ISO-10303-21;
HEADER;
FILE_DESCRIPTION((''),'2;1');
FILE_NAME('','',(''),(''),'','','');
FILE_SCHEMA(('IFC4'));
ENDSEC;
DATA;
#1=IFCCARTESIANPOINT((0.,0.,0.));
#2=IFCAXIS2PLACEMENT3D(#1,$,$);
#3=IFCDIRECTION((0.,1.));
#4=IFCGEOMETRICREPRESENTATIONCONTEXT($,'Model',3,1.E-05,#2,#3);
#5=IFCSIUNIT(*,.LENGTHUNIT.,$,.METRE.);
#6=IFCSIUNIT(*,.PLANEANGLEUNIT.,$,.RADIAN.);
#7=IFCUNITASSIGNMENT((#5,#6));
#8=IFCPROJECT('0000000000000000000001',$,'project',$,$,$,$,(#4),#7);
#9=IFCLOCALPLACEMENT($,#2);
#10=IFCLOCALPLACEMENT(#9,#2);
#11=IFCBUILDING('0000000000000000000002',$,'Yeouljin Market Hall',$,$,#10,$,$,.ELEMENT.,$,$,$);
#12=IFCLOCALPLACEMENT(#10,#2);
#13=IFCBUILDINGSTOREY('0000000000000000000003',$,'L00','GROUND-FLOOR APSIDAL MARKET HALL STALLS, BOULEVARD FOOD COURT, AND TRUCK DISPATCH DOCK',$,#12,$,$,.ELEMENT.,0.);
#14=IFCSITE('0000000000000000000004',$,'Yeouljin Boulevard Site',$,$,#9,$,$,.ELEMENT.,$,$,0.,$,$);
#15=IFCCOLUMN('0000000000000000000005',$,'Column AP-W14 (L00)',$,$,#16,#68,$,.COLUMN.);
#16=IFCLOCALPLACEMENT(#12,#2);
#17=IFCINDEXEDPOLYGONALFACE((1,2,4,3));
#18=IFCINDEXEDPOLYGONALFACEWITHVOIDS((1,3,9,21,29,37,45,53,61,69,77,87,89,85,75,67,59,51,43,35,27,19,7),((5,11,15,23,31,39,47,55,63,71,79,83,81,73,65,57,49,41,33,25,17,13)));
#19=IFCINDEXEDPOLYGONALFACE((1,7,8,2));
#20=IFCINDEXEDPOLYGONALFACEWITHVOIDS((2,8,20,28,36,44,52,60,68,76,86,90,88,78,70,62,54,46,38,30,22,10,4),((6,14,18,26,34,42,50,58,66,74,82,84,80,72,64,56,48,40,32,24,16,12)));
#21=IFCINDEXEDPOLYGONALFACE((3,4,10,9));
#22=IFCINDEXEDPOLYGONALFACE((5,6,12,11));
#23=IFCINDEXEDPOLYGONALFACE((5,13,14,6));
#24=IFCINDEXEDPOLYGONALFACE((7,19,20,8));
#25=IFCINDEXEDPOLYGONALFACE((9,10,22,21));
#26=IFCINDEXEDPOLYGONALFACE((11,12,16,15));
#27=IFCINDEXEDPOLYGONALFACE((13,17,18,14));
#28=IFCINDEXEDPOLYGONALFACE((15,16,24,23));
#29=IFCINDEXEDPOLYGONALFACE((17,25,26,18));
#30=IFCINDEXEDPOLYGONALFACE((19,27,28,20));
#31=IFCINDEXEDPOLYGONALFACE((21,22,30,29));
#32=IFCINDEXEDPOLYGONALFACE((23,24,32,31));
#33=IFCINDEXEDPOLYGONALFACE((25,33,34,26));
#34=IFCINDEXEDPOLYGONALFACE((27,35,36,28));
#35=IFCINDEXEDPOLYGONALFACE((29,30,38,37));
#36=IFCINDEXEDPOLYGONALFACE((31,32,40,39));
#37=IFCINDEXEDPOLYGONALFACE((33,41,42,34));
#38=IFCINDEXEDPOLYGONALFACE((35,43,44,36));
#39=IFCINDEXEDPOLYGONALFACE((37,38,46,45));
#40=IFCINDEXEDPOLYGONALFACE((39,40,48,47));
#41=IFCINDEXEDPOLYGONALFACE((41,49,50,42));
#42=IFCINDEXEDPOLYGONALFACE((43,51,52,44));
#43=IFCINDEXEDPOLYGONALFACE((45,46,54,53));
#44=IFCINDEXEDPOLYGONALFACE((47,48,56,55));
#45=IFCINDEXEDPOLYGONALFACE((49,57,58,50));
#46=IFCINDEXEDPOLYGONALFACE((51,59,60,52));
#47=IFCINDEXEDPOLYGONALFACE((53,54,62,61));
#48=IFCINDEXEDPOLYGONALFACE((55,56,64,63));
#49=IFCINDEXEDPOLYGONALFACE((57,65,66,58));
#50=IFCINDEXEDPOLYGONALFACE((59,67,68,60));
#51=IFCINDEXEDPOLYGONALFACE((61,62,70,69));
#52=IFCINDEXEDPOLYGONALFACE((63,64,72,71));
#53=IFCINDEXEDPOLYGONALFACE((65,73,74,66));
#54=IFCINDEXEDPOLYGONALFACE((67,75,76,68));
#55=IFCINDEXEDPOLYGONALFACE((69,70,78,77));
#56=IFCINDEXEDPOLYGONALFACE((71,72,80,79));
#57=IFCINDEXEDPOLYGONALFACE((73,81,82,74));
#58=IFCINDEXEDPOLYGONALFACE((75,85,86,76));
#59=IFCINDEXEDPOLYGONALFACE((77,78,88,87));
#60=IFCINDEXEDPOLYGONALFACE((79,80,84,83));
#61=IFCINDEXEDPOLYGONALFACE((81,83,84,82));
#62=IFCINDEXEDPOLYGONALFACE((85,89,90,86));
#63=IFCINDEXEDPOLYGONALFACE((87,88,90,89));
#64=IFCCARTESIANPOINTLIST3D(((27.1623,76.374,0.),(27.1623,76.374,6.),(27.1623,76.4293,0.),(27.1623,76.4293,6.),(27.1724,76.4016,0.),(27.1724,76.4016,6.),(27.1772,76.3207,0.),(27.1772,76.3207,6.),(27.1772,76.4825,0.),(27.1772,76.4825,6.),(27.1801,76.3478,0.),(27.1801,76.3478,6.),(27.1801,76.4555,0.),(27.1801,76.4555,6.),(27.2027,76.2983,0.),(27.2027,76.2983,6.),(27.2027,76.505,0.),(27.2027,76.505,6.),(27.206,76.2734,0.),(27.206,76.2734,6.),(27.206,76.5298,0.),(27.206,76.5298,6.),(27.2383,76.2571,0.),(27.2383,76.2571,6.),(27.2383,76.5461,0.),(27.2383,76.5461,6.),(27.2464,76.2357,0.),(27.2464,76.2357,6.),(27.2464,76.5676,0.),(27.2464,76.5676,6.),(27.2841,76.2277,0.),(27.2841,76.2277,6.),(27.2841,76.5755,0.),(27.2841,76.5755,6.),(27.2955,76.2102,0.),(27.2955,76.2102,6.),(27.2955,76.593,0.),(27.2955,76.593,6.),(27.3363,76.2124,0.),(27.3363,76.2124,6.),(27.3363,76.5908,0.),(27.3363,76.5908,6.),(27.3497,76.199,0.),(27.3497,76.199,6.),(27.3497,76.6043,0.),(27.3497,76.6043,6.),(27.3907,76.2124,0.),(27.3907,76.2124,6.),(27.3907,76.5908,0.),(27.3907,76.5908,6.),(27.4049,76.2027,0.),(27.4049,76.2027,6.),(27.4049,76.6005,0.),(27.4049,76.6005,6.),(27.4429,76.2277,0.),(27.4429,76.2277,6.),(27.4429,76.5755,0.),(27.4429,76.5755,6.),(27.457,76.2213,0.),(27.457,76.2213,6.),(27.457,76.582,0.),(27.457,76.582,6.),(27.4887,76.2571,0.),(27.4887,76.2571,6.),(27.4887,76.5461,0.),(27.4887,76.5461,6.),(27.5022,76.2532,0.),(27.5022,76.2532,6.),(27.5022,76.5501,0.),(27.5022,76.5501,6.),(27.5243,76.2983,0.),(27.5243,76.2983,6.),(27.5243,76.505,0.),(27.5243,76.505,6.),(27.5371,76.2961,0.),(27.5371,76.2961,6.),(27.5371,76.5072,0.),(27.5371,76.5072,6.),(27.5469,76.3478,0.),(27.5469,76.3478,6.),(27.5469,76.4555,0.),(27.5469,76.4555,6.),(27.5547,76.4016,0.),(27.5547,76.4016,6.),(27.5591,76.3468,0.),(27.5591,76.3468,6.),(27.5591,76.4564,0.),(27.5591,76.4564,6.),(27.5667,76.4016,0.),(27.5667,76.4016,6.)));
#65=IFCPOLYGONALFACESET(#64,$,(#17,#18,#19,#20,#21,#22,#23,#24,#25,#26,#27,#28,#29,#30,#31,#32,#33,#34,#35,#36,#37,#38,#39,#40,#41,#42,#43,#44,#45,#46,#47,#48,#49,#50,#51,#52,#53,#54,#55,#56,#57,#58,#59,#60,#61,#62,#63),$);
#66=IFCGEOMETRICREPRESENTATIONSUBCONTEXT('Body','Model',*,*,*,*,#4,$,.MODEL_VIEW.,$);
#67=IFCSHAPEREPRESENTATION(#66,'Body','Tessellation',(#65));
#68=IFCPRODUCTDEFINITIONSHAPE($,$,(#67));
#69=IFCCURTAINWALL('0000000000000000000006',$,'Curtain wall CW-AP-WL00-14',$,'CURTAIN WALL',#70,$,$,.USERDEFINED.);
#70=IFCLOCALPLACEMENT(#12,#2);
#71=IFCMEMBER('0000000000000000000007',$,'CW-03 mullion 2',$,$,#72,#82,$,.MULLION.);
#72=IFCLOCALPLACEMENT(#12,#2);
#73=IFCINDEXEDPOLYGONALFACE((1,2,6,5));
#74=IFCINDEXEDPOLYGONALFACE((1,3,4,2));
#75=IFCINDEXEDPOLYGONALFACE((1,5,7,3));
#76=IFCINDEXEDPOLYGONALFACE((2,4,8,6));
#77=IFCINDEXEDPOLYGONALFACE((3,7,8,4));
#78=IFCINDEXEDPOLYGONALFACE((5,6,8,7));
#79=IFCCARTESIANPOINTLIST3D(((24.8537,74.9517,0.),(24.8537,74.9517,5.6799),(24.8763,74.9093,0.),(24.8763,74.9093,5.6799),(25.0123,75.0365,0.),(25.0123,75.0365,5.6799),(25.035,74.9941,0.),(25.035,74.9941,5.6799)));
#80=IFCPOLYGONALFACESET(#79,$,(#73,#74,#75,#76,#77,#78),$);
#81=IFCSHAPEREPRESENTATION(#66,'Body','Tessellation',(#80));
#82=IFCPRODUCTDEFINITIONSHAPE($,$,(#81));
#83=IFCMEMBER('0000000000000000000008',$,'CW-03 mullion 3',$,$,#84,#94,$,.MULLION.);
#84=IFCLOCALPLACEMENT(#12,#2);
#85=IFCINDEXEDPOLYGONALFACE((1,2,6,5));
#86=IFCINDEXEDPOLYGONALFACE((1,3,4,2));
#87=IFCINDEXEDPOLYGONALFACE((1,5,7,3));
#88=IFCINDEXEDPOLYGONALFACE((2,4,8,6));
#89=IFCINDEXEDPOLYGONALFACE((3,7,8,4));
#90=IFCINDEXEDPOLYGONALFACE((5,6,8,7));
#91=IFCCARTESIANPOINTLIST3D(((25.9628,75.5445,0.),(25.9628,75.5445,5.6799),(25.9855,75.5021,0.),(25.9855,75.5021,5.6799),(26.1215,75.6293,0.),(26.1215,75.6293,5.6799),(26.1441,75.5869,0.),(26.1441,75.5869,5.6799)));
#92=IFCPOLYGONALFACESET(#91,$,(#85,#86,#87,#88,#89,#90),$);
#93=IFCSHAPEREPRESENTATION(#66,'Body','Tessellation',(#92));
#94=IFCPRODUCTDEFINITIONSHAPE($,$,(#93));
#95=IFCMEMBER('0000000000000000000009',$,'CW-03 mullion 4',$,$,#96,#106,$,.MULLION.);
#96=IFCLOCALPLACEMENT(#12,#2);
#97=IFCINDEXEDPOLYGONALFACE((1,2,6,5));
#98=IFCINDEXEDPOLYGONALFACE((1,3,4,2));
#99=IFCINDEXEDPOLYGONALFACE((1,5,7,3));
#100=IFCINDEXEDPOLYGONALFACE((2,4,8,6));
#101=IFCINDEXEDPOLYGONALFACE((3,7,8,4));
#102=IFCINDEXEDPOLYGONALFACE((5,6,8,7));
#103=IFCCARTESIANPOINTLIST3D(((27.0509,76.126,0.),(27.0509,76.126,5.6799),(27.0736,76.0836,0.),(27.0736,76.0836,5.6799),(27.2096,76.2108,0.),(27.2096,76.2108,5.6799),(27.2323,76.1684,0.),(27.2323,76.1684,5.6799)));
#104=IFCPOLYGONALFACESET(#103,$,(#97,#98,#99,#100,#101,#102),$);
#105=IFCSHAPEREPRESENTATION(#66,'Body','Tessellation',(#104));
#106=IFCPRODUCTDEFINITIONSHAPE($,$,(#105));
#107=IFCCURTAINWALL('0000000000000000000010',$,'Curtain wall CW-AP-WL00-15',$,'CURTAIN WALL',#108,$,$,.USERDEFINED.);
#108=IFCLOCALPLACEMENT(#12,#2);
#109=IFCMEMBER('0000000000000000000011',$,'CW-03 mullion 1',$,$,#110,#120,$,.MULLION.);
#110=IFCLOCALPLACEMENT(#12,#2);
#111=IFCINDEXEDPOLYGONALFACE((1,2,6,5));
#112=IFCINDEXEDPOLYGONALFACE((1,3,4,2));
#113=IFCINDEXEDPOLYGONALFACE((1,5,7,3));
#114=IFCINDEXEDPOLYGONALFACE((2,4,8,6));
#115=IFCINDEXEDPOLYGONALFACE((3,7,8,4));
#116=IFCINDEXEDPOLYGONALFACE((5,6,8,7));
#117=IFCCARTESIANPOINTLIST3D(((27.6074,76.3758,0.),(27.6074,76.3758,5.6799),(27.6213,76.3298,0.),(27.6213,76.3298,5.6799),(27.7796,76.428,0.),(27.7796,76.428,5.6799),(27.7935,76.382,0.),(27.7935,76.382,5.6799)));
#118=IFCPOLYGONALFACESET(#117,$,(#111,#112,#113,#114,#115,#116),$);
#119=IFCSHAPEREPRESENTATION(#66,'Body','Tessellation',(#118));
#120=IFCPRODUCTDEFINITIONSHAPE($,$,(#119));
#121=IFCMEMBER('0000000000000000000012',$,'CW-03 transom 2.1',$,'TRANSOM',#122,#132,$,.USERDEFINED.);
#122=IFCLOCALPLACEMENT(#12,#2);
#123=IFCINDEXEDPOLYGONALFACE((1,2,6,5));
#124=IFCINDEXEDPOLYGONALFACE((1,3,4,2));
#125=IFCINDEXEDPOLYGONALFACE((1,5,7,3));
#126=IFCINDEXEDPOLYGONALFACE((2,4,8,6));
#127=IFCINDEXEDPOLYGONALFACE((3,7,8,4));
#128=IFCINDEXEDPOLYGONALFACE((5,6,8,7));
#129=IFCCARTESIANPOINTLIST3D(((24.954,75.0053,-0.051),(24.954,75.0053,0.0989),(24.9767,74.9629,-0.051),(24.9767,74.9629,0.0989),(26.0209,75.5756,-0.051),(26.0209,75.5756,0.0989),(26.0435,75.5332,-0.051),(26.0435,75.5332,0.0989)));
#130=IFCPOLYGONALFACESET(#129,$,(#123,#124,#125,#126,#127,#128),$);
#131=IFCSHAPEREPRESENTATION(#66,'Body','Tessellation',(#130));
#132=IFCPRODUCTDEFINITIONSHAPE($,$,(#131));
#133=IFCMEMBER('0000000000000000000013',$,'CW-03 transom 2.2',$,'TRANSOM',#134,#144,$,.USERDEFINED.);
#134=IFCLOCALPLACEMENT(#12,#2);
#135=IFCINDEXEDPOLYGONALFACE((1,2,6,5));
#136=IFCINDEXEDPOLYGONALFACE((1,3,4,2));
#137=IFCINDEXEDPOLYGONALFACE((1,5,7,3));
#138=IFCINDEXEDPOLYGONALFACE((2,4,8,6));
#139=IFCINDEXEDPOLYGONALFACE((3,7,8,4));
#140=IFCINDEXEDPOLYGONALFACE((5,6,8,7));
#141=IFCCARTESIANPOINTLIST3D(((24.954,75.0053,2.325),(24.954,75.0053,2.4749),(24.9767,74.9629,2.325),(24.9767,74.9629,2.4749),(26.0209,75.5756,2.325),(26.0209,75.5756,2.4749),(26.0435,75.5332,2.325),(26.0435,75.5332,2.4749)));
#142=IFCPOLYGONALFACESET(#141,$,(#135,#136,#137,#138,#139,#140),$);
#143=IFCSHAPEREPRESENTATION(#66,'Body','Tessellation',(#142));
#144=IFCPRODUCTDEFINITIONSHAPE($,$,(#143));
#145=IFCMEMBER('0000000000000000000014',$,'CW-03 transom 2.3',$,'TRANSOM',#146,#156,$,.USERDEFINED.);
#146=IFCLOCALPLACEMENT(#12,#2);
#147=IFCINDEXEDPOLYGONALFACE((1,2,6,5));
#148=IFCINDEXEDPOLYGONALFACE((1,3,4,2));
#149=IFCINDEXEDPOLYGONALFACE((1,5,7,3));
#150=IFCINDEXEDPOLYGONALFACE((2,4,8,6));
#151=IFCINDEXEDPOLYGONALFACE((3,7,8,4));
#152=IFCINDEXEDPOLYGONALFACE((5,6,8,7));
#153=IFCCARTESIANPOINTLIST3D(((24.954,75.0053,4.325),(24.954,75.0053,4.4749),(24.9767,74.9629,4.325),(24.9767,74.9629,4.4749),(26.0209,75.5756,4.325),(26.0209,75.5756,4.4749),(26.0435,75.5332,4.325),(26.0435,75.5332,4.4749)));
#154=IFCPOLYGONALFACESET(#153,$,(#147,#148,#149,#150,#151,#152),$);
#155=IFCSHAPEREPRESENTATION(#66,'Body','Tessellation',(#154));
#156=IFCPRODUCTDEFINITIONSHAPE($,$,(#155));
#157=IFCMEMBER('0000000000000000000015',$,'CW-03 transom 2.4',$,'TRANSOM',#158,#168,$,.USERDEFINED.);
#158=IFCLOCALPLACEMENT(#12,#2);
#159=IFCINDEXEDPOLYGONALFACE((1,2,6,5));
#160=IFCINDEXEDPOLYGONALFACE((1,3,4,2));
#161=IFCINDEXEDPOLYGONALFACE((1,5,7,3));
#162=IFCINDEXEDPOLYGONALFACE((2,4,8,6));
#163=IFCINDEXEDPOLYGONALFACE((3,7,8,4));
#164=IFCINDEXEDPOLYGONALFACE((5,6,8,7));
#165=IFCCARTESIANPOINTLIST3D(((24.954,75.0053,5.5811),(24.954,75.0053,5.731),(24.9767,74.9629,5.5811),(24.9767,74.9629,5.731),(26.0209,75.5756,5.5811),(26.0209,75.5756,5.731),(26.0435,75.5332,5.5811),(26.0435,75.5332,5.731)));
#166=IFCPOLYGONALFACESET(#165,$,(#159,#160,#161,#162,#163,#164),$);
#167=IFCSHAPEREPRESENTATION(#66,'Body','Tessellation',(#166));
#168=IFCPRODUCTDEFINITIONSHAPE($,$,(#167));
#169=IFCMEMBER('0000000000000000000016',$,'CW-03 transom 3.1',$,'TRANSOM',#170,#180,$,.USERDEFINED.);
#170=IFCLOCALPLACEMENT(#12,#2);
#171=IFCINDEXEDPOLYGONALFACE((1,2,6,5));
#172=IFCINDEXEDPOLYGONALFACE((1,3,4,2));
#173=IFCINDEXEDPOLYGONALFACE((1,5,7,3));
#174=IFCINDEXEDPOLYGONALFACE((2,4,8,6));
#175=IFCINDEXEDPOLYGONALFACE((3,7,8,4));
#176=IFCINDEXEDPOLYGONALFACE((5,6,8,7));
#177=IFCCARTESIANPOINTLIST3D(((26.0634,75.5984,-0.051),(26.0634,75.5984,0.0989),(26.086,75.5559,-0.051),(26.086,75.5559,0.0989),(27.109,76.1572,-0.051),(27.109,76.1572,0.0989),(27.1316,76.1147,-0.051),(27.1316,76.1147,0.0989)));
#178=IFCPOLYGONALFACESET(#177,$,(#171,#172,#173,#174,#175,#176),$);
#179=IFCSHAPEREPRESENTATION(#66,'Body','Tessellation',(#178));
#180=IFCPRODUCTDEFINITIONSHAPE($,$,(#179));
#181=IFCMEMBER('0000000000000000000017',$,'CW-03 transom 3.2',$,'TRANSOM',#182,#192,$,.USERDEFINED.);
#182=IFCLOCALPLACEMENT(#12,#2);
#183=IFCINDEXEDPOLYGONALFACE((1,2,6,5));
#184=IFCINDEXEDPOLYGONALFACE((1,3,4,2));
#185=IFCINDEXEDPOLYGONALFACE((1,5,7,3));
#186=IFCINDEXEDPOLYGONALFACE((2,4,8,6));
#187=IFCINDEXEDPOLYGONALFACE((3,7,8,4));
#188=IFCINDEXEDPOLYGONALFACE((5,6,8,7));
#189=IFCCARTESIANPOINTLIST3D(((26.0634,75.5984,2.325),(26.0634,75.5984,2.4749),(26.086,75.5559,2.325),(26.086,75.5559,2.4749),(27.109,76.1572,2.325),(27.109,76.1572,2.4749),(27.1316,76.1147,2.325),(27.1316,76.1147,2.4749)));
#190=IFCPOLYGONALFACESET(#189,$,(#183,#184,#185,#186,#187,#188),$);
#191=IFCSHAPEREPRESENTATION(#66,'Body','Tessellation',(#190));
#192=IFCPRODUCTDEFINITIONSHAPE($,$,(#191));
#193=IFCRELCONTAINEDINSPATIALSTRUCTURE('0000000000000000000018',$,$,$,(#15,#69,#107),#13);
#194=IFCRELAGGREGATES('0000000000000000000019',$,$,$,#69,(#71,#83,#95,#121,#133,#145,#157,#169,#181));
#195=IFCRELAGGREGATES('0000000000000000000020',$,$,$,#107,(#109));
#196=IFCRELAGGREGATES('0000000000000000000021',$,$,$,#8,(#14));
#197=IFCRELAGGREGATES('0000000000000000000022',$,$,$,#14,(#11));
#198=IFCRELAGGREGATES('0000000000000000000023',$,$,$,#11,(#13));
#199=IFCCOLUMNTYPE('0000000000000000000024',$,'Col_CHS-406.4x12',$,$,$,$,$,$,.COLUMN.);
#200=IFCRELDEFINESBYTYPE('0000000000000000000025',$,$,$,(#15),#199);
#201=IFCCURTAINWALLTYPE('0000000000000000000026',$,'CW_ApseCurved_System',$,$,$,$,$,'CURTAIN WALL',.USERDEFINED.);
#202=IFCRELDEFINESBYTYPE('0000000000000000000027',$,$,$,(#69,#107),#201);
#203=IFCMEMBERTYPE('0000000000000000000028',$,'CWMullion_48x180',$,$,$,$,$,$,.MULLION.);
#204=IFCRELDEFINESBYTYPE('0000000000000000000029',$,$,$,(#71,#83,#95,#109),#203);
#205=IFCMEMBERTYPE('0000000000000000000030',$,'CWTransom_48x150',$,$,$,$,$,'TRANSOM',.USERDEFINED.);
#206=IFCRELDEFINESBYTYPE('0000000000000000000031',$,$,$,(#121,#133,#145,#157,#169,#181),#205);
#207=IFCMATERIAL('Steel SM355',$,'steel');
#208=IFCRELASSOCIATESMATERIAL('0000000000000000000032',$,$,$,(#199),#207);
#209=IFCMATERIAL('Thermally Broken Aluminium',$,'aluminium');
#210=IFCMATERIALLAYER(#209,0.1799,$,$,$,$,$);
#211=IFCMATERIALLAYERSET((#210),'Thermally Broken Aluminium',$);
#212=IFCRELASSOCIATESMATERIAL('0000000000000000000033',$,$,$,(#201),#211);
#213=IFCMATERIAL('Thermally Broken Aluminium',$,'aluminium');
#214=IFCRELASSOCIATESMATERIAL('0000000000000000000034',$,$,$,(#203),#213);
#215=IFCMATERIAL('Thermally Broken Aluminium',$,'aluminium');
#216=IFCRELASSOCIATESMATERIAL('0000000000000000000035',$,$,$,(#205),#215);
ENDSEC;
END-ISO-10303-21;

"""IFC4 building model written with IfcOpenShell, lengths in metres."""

from ifc_helpers import new_model, si_unit, direction, frame, origin, origin_2d, place, context, subcontext, project, spatial, rectangle, hollow_circle, extrude, material, layer, layer_set, material_profile, profile_set, type_object, element, aggregate, save


model = new_model("IFC4")

# Units and contexts
model_context = context("Model", 3, precision=1e-05, world=origin(), true_north=direction((0.0, 1.0)))
body_context = subcontext(model_context, "Body", "Model", "MODEL_VIEW")
ifc_project = project(units=[si_unit("LENGTHUNIT", "METRE"), si_unit("PLANEANGLEUNIT", "RADIAN")], contexts=[model_context])

# Site, building, storey
site_placement = place(None, origin())
site = spatial("IfcSite", under=ifc_project, at=site_placement, Name="Yeouljin Boulevard Site", CompositionType="ELEMENT", RefElevation=0.0)
building_placement = place(site_placement, origin())
building = spatial("IfcBuilding", under=site, at=building_placement, Name="Yeouljin Market Hall", CompositionType="ELEMENT")
storey_placement = place(building_placement, origin())
storey = spatial("IfcBuildingStorey", under=building, at=storey_placement, Name="L00", Description="GROUND-FLOOR APSIDAL MARKET HALL STALLS, BOULEVARD FOOD COURT, AND TRUCK DISPATCH DOCK", CompositionType="ELEMENT", Elevation=0.0)

# Column
ifc_material_1 = material(Name="Steel SM355", Category="steel")
ifc_material_profile_1 = material_profile(ifc_material_1, hollow_circle(Radius=0.2031, WallThickness=0.012, at=origin_2d()), Name="CHS-406.4x12")
ifc_profile_set_1 = profile_set([ifc_material_profile_1], Name="Steel SM355")
column_type = type_object("IfcColumnType", Name="Col_CHS-406.4x12", PredefinedType="COLUMN", material=ifc_profile_set_1)
column_placement = place(storey_placement, frame((27.3635, 76.4016, 0.0), z_axis=(0.0, 0.0, 1.0), x_axis=(1.0, 0.0, 0.0)))
element("IfcColumn", 1, at=column_placement, inside=storey, type_object=column_type, Name="Column AP-W14 (L00)", PredefinedType="COLUMN", context=body_context, shape_type="SweptSolid", body=[
    extrude(hollow_circle(Radius=0.2031, WallThickness=0.012, at=origin_2d()), origin(), (0.0, 0.0, 1.0), 6.0),
])

# Curtain wall, members
ifc_material_2 = material(Name="Thermally Broken Aluminium", Category="aluminium")
ifc_layer_1 = layer(ifc_material_2, 0.1799)
ifc_layer_set_1 = layer_set([ifc_layer_1], Name="Thermally Broken Aluminium")
curtain_wall_type = type_object("IfcCurtainWallType", Name="CW_ApseCurved_System", ElementType="CURTAIN WALL", PredefinedType="USERDEFINED", material=ifc_layer_set_1)
curtain_wall_1_placement = place(storey_placement, origin())
curtain_wall_1 = element("IfcCurtainWall", 2, at=curtain_wall_1_placement, inside=storey, type_object=curtain_wall_type, Name="Curtain wall CW-AP-WL00-14", ObjectType="CURTAIN WALL", PredefinedType="USERDEFINED")
ifc_material_3 = material(Name="Thermally Broken Aluminium", Category="aluminium")
ifc_material_profile_2 = material_profile(ifc_material_3, rectangle(XDim=0.0481, YDim=0.1799, at=origin_2d()), Name="CW-MULL-48x180")
ifc_profile_set_2 = profile_set([ifc_material_profile_2], Name="Thermally Broken Aluminium")
member_type_1 = type_object("IfcMemberType", Name="CWMullion_48x180", PredefinedType="MULLION", material=ifc_profile_set_2)
member_1_placement = place(storey_placement, frame((24.9443, 74.9729, 0.0), z_axis=(0.0, 0.0, 1.0), x_axis=(-0.471378, 0.881931, 0.0)))
member_1 = element("IfcMember", 3, at=member_1_placement, type_object=member_type_1, Name="CW-03 mullion 2", PredefinedType="MULLION", context=body_context, shape_type="SweptSolid", body=[
    extrude(rectangle(XDim=0.0481, YDim=0.1799, at=origin_2d()), origin(), (0.0, 0.0, 1.0), 5.6799),
])
member_2_placement = place(storey_placement, frame((26.0535, 75.5657, 0.0), z_axis=(0.0, 0.0, 1.0), x_axis=(-0.471378, 0.881931, 0.0)))
member_2 = element("IfcMember", 4, at=member_2_placement, type_object=member_type_1, Name="CW-03 mullion 3", PredefinedType="MULLION", context=body_context, shape_type="SweptSolid", body=[
    extrude(rectangle(XDim=0.0481, YDim=0.1799, at=origin_2d()), origin(), (0.0, 0.0, 1.0), 5.6799),
])
member_3_placement = place(storey_placement, frame((27.1416, 76.1472, 0.0), z_axis=(0.0, 0.0, 1.0), x_axis=(-0.471378, 0.881931, 0.0)))
member_3 = element("IfcMember", 5, at=member_3_placement, type_object=member_type_1, Name="CW-03 mullion 4", PredefinedType="MULLION", context=body_context, shape_type="SweptSolid", body=[
    extrude(rectangle(XDim=0.0481, YDim=0.1799, at=origin_2d()), origin(), (0.0, 0.0, 1.0), 5.6799),
])

# Curtain wall, member
curtain_wall_2_placement = place(storey_placement, origin())
curtain_wall_2 = element("IfcCurtainWall", 6, at=curtain_wall_2_placement, inside=storey, type_object=curtain_wall_type, Name="Curtain wall CW-AP-WL00-15", ObjectType="CURTAIN WALL", PredefinedType="USERDEFINED")
member_4_placement = place(storey_placement, frame((27.7004, 76.3789, 0.0), z_axis=(0.0, 0.0, 1.0), x_axis=(-0.290286, 0.95694, 0.0)))
member_4 = element("IfcMember", 7, at=member_4_placement, type_object=member_type_1, Name="CW-03 mullion 1", PredefinedType="MULLION", context=body_context, shape_type="SweptSolid", body=[
    extrude(rectangle(XDim=0.0481, YDim=0.1799, at=origin_2d()), origin(), (0.0, 0.0, 1.0), 5.6799),
])

# Members
ifc_material_4 = material(Name="Thermally Broken Aluminium", Category="aluminium")
ifc_material_profile_3 = material_profile(ifc_material_4, rectangle(XDim=0.0481, YDim=0.1499, at=origin_2d()), Name="CW-TRAN-48x150")
ifc_profile_set_3 = profile_set([ifc_material_profile_3], Name="Thermally Broken Aluminium")
member_type_2 = type_object("IfcMemberType", Name="CWTransom_48x150", ElementType="TRANSOM", PredefinedType="USERDEFINED", material=ifc_profile_set_3)
member_5_placement = place(storey_placement, frame((24.9653, 74.9841, 0.0239), z_axis=(0.881906, 0.471426, 0.0), x_axis=(-0.471426, 0.881906, 0.0)))
member_5 = element("IfcMember", 8, at=member_5_placement, type_object=member_type_2, Name="CW-03 transom 2.1", ObjectType="TRANSOM", PredefinedType="USERDEFINED", context=body_context, shape_type="SweptSolid", body=[
    extrude(rectangle(XDim=0.0481, YDim=0.1499, at=origin_2d()), origin(), (0.0, 0.0, 1.0), 1.2097),
])
member_6_placement = place(storey_placement, frame((24.9653, 74.9841, 2.3999), z_axis=(0.881906, 0.471426, 0.0), x_axis=(-0.471426, 0.881906, 0.0)))
member_6 = element("IfcMember", 9, at=member_6_placement, type_object=member_type_2, Name="CW-03 transom 2.2", ObjectType="TRANSOM", PredefinedType="USERDEFINED", context=body_context, shape_type="SweptSolid", body=[
    extrude(rectangle(XDim=0.0481, YDim=0.1499, at=origin_2d()), origin(), (0.0, 0.0, 1.0), 1.2097),
])
member_7_placement = place(storey_placement, frame((24.9653, 74.9841, 4.3999), z_axis=(0.881906, 0.471426, 0.0), x_axis=(-0.471426, 0.881906, 0.0)))
member_7 = element("IfcMember", 10, at=member_7_placement, type_object=member_type_2, Name="CW-03 transom 2.3", ObjectType="TRANSOM", PredefinedType="USERDEFINED", context=body_context, shape_type="SweptSolid", body=[
    extrude(rectangle(XDim=0.0481, YDim=0.1499, at=origin_2d()), origin(), (0.0, 0.0, 1.0), 1.2097),
])
member_8_placement = place(storey_placement, frame((24.9653, 74.9841, 5.656), z_axis=(0.881906, 0.471426, 0.0), x_axis=(-0.471426, 0.881906, 0.0)))
member_8 = element("IfcMember", 11, at=member_8_placement, type_object=member_type_2, Name="CW-03 transom 2.4", ObjectType="TRANSOM", PredefinedType="USERDEFINED", context=body_context, shape_type="SweptSolid", body=[
    extrude(rectangle(XDim=0.0481, YDim=0.1499, at=origin_2d()), origin(), (0.0, 0.0, 1.0), 1.2097),
])
member_9_placement = place(storey_placement, frame((26.0747, 75.5771, 0.0239), z_axis=(0.881948, 0.471347, 0.0), x_axis=(-0.471347, 0.881948, 0.0)))
member_9 = element("IfcMember", 12, at=member_9_placement, type_object=member_type_2, Name="CW-03 transom 3.1", ObjectType="TRANSOM", PredefinedType="USERDEFINED", context=body_context, shape_type="SweptSolid", body=[
    extrude(rectangle(XDim=0.0481, YDim=0.1499, at=origin_2d()), origin(), (0.0, 0.0, 1.0), 1.1855),
])
member_10_placement = place(storey_placement, frame((26.0747, 75.5771, 2.3999), z_axis=(0.881948, 0.471347, 0.0), x_axis=(-0.471347, 0.881948, 0.0)))
member_10 = element("IfcMember", 13, at=member_10_placement, type_object=member_type_2, Name="CW-03 transom 3.2", ObjectType="TRANSOM", PredefinedType="USERDEFINED", context=body_context, shape_type="SweptSolid", body=[
    extrude(rectangle(XDim=0.0481, YDim=0.1499, at=origin_2d()), origin(), (0.0, 0.0, 1.0), 1.1855),
])

aggregate(curtain_wall_1, [member_1, member_2, member_3, member_5, member_6, member_7, member_8, member_9, member_10])
aggregate(curtain_wall_2, [member_4])

save(model, "model.ifc")
